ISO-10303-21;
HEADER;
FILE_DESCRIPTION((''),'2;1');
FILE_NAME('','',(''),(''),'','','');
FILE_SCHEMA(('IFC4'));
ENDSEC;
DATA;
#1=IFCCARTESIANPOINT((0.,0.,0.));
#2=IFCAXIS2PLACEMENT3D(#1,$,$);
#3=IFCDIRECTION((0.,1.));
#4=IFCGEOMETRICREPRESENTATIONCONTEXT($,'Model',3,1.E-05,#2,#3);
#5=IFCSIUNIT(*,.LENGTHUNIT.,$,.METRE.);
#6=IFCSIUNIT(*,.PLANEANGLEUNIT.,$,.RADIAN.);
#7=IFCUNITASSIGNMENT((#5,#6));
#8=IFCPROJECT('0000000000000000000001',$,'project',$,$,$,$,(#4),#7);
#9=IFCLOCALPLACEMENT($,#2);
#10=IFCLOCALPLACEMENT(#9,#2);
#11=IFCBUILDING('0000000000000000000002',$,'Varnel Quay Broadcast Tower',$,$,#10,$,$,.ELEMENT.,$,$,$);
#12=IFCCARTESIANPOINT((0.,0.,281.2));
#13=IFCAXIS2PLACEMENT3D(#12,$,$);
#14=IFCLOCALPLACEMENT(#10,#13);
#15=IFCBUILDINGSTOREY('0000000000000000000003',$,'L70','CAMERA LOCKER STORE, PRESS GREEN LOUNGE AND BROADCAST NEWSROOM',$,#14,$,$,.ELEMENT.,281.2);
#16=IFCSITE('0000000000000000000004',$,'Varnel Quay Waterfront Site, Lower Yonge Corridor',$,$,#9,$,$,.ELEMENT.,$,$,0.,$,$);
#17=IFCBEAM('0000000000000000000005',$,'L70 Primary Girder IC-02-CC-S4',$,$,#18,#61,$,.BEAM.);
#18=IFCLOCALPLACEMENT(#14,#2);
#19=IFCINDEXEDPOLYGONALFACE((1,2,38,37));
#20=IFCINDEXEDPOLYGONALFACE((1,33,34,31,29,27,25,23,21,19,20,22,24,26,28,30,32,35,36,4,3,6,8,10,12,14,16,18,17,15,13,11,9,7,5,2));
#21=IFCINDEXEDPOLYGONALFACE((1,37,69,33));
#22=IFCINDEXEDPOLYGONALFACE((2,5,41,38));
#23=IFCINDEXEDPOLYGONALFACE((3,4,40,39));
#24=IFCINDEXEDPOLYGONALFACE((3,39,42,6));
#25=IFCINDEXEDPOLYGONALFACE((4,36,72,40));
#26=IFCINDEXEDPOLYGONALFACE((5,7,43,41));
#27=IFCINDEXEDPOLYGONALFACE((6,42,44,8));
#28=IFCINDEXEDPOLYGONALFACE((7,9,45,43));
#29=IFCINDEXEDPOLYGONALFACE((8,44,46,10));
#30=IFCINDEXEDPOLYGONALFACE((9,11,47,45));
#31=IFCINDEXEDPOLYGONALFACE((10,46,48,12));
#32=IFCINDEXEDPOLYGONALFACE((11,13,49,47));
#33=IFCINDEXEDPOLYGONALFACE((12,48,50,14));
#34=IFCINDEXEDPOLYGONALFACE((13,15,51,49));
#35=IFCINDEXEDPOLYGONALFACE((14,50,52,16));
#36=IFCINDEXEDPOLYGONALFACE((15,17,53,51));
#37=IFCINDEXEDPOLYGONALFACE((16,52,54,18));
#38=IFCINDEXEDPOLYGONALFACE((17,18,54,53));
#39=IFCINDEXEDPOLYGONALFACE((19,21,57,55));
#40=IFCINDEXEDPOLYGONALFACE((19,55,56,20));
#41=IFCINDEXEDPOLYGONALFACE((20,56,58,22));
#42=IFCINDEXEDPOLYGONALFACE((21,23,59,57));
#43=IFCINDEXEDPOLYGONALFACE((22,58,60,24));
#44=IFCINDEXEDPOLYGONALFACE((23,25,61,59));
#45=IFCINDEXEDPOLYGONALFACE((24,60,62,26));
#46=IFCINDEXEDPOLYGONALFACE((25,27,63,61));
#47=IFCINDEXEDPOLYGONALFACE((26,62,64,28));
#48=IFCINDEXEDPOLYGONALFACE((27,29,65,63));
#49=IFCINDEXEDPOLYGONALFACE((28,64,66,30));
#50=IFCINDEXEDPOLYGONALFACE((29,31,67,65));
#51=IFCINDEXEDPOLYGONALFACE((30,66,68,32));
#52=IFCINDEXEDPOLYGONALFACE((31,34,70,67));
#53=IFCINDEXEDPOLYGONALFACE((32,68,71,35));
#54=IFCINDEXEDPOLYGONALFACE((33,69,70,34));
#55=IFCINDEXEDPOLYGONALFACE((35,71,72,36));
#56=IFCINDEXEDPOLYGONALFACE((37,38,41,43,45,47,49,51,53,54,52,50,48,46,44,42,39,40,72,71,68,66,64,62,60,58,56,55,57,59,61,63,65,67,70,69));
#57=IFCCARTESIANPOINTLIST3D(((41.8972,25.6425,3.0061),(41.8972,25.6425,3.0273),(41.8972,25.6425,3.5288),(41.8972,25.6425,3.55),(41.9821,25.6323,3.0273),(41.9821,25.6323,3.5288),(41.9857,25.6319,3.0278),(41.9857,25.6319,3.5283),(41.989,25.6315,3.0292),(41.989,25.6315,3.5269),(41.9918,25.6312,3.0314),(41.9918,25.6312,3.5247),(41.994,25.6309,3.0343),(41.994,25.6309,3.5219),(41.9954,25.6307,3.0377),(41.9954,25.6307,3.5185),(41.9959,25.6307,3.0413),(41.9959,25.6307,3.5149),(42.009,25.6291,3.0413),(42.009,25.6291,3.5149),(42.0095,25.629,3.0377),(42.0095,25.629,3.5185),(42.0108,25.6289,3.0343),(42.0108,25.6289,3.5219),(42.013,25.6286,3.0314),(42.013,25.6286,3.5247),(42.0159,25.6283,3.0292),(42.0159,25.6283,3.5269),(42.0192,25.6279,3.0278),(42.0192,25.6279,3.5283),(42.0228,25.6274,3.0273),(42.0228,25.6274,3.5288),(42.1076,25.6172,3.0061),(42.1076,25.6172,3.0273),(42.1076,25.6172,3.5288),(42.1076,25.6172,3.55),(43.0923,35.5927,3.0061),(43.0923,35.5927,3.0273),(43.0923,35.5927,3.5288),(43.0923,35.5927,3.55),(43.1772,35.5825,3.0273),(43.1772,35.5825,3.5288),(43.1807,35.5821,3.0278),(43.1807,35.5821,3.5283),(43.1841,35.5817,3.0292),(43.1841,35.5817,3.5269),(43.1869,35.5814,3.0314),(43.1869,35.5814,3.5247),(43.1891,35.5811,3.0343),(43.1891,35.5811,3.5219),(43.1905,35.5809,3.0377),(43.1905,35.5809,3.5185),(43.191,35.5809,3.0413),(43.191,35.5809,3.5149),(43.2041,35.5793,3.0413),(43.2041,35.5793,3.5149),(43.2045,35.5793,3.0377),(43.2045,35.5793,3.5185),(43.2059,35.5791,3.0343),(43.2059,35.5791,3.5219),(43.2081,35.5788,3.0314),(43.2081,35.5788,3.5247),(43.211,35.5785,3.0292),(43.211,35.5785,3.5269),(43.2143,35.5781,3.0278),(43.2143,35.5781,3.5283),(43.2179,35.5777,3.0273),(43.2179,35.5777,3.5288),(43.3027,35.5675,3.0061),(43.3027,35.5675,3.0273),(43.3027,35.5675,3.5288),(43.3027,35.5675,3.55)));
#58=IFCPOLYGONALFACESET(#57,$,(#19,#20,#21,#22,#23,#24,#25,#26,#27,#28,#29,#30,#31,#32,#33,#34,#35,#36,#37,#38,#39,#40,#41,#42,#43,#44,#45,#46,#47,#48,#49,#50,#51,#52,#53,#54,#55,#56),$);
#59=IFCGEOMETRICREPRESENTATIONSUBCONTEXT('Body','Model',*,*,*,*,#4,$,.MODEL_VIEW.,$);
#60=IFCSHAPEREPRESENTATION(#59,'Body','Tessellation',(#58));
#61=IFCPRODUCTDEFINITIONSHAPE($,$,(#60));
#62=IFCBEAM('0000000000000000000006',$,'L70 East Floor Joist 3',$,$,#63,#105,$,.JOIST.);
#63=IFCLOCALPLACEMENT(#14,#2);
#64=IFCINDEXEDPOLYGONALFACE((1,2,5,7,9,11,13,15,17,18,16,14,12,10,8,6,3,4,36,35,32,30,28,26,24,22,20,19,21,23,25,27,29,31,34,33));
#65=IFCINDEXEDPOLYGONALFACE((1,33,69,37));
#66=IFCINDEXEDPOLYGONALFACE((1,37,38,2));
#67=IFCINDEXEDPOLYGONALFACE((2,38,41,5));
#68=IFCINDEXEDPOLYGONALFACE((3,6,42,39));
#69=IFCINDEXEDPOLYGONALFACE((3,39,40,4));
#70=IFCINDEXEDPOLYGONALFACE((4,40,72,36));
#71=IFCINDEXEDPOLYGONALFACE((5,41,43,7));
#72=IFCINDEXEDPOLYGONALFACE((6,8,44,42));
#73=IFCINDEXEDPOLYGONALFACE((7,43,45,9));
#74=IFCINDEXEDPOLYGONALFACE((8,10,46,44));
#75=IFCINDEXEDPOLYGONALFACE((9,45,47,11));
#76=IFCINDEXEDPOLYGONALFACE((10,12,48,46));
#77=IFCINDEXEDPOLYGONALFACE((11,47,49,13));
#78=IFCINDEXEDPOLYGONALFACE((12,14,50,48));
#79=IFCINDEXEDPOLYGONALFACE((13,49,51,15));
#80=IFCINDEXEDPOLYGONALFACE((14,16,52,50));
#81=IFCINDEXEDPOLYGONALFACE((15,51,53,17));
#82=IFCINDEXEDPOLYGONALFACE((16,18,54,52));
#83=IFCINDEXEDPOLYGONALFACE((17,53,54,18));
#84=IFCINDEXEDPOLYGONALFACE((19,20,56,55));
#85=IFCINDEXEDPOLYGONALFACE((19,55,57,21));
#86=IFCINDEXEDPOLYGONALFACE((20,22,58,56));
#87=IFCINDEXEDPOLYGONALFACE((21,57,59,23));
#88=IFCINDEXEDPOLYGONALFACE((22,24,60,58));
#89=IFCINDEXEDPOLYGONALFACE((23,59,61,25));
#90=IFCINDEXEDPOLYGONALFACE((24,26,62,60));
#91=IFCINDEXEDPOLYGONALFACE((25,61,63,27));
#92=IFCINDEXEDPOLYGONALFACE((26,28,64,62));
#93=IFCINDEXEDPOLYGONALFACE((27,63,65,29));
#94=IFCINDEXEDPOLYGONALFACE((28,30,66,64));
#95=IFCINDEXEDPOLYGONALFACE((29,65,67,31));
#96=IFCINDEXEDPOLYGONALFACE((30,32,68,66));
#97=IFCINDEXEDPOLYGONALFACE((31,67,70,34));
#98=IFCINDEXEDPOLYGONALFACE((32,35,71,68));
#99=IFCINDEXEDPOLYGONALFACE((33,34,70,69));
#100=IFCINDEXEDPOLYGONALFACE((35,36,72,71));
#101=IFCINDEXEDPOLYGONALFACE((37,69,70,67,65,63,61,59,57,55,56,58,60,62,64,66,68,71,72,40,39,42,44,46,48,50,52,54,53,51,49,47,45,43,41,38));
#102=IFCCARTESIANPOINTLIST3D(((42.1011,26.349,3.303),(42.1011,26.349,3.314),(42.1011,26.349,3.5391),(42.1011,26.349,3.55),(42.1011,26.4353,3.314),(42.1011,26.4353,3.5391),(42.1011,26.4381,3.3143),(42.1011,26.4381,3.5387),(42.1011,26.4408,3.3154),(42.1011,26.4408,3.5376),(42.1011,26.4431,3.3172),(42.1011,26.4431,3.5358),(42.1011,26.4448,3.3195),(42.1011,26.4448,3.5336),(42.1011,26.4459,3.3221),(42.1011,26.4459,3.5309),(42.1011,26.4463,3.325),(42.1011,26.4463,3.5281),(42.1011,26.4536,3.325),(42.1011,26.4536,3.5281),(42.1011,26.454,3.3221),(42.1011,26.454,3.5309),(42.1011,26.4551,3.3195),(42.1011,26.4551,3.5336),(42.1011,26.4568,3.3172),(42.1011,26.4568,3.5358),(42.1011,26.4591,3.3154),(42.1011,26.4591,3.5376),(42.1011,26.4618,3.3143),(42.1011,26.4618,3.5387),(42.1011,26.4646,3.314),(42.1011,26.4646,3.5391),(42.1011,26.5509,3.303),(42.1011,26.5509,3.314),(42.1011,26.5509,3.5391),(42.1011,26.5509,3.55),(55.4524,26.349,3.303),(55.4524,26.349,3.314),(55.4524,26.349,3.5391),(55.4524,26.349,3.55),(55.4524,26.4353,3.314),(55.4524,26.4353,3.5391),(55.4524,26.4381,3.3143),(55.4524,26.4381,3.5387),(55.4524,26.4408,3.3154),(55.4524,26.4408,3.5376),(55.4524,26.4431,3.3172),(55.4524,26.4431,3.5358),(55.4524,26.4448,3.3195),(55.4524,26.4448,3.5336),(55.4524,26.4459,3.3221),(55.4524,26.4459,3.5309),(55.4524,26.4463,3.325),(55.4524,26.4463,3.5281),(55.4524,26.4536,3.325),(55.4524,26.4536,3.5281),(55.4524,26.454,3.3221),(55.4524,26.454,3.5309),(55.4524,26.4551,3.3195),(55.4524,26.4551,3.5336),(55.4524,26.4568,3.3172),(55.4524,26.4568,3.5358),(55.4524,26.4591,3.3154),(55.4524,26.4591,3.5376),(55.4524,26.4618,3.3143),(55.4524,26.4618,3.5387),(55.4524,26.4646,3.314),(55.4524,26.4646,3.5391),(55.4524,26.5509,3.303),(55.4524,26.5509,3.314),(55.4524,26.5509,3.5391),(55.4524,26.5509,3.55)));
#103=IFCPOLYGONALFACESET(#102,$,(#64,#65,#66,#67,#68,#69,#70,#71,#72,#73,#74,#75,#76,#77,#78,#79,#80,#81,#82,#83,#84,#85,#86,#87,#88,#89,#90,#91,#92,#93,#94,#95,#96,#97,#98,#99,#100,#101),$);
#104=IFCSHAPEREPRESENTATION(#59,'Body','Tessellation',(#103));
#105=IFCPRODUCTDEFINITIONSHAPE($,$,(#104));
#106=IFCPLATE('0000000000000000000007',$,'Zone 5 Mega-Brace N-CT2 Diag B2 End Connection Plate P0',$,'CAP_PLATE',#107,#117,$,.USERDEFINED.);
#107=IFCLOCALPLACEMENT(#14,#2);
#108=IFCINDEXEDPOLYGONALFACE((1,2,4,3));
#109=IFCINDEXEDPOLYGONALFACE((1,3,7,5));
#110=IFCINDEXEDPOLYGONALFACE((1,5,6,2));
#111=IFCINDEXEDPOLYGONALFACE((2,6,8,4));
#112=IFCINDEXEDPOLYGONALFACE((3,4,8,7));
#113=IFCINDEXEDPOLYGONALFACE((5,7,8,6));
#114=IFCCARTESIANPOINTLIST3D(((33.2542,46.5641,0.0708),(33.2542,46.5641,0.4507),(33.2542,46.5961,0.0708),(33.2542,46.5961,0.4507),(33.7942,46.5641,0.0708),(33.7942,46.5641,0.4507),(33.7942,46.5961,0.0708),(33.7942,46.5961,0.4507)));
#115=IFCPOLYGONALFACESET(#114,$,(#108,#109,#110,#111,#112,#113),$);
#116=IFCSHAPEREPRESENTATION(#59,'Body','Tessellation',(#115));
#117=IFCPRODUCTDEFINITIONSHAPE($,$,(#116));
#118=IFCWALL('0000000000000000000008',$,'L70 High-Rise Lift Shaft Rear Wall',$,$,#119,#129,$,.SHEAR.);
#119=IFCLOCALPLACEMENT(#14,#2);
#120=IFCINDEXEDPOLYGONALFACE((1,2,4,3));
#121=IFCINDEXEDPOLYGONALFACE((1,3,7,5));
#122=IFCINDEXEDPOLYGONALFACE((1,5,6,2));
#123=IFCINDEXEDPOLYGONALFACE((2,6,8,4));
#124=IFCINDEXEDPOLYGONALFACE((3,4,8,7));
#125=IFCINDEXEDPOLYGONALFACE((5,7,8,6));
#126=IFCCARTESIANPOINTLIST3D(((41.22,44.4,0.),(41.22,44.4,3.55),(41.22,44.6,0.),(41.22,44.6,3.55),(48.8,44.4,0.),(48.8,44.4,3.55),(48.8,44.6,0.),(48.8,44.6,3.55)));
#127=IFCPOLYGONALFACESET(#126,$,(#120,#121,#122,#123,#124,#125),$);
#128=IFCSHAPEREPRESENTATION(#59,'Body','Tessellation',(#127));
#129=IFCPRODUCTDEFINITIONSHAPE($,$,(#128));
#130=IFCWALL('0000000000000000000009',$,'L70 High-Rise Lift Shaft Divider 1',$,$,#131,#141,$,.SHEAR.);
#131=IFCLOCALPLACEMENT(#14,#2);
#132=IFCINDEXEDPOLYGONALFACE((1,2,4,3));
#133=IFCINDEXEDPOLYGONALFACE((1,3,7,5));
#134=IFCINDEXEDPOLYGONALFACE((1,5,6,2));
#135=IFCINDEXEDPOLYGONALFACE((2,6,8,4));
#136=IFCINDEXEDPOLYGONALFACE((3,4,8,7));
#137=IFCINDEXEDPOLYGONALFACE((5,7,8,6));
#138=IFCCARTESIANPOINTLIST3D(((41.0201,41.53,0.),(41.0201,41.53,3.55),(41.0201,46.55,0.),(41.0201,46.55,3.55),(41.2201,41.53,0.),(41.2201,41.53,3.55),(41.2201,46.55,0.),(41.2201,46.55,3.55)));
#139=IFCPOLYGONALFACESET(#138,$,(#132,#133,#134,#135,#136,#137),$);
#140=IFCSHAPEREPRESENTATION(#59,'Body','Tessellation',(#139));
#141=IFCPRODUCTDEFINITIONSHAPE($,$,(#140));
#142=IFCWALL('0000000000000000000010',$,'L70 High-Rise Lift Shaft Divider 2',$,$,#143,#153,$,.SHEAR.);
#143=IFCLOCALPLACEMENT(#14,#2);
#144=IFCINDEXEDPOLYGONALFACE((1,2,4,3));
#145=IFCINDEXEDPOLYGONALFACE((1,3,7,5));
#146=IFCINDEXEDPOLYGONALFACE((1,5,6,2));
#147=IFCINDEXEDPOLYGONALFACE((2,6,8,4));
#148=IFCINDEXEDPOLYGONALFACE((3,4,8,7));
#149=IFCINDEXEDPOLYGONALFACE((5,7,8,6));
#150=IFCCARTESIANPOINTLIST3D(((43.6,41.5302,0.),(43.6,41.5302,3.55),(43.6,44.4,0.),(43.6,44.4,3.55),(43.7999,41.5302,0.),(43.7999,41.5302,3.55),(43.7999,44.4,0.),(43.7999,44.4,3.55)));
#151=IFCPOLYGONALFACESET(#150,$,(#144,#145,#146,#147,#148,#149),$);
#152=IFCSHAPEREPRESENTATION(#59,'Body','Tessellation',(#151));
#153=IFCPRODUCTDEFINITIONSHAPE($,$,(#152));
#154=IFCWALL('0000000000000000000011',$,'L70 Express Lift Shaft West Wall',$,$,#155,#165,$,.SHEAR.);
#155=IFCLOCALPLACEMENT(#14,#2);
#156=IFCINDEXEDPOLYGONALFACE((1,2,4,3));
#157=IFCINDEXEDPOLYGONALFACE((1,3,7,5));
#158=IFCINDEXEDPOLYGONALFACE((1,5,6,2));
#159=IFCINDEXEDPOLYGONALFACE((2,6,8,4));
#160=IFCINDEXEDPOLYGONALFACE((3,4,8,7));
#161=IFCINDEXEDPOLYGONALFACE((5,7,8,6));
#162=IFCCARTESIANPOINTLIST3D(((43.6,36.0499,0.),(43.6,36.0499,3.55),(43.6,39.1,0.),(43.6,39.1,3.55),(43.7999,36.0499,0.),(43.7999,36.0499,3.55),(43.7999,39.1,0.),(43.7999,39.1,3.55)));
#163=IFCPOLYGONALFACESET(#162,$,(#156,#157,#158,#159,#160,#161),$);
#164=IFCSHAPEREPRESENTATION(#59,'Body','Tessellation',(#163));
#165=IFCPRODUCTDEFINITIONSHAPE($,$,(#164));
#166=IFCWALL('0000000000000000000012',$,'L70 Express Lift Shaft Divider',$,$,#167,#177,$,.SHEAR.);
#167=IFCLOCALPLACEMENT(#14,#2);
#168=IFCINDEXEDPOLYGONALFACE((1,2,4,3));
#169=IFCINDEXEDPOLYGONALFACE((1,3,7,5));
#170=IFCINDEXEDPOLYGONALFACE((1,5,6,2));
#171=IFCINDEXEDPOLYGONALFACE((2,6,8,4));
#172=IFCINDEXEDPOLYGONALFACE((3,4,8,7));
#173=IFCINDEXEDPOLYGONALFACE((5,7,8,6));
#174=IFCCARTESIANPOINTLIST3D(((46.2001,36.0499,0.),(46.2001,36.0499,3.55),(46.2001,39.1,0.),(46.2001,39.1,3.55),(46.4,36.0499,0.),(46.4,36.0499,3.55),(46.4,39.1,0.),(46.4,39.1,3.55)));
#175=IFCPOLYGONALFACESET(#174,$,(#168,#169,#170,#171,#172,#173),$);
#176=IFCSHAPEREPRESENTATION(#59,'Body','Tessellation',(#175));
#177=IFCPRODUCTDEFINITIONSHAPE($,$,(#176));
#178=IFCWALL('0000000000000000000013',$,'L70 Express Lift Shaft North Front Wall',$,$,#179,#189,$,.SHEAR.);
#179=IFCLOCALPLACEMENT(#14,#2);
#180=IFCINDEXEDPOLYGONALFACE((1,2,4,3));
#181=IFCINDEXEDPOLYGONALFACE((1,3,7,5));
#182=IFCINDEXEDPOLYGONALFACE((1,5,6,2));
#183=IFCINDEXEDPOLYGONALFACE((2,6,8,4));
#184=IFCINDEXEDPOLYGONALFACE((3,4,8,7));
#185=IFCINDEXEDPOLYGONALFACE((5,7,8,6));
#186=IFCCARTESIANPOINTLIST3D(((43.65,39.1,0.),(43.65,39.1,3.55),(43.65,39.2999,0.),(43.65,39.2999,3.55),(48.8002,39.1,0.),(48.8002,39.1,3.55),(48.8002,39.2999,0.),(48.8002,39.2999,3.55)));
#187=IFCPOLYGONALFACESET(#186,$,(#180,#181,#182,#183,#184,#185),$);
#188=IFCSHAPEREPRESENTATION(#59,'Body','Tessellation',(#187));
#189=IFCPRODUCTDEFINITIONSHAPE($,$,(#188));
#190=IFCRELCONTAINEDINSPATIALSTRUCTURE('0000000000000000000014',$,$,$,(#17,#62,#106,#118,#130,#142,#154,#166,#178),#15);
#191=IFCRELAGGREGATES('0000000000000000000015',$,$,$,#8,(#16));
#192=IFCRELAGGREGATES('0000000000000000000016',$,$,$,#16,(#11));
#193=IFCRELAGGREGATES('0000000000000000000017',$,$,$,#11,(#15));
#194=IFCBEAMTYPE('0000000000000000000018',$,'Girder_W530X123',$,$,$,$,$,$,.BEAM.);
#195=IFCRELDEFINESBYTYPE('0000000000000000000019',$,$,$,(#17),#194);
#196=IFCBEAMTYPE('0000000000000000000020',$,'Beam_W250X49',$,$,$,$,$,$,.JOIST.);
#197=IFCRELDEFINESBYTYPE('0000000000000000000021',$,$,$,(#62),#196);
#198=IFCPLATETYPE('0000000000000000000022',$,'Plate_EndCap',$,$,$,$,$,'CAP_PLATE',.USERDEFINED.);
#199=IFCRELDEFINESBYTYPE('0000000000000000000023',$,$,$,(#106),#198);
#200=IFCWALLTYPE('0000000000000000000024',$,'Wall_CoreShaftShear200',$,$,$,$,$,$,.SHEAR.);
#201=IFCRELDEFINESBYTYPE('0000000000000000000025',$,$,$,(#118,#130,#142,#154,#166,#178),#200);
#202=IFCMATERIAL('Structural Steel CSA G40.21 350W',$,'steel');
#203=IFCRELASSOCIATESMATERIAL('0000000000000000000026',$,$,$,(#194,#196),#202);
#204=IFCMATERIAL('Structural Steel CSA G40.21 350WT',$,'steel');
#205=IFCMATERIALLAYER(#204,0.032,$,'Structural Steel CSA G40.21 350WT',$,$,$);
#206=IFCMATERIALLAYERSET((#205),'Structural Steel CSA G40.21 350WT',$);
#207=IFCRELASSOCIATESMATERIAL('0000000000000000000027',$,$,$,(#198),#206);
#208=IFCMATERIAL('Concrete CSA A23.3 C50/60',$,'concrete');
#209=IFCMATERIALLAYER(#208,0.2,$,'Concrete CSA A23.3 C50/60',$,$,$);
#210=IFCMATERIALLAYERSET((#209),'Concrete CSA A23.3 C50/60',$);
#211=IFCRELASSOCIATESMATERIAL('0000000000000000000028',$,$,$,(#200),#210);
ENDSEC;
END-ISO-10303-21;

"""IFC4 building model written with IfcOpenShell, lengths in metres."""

from ifc_helpers import new_model, si_unit, direction, frame, frame_2d, origin, origin_2d, place, context, subcontext, project, spatial, rectangle, i_section, extrude, source, transform, mapped, material, layer, layer_set, material_profile, profile_set, type_object, type_shapes, element, save


model = new_model("IFC4")

# Units and contexts
model_context = context("Model", 3, precision=1e-05, world=origin(), true_north=direction((0.0, 1.0)))
body_context = subcontext(model_context, "Body", "Model", "MODEL_VIEW")
ifc_project = project(units=[si_unit("LENGTHUNIT", "METRE"), si_unit("PLANEANGLEUNIT", "RADIAN")], contexts=[model_context])

# Site, building, storey
site_placement = place(None, origin())
site = spatial("IfcSite", under=ifc_project, at=site_placement, Name="Varnel Quay Waterfront Site, Lower Yonge Corridor", CompositionType="ELEMENT", RefElevation=0.0)
building_placement = place(site_placement, origin())
building = spatial("IfcBuilding", under=site, at=building_placement, Name="Varnel Quay Broadcast Tower", CompositionType="ELEMENT")
storey_placement = place(building_placement, frame((0.0, 0.0, 281.2)))
storey = spatial("IfcBuildingStorey", under=building, at=storey_placement, Name="L70", Description="CAMERA LOCKER STORE, PRESS GREEN LOUNGE AND BROADCAST NEWSROOM", CompositionType="ELEMENT", Elevation=281.2)

# Shared definitions
ifc_material_1 = material(Name="Structural Steel CSA G40.21 350WT", Category="steel")

# Beams
ifc_material_2 = material(Name="Concrete CSA A23.3 C50/60", Category="concrete")
ifc_material_3 = material(Name="Structural Steel CSA G40.21 350W", Category="steel")
ifc_material_profile_1 = material_profile(ifc_material_3, i_section(OverallWidth=0.2119, OverallDepth=0.5439, WebThickness=0.0132, FlangeThickness=0.0212, FilletRadius=0.0139, at=origin_2d()), Name="W530X123")
ifc_profile_set_1 = profile_set([ifc_material_profile_1], Name="Structural Steel CSA G40.21 350W")
beam_type_1 = type_object("IfcBeamType", Name="Girder_W530X123", PredefinedType="BEAM", material=ifc_profile_set_1)
shared_shape_1 = source(origin(), body_context, "Body", "SweptSolid", [
    extrude(i_section(OverallWidth=0.2119, OverallDepth=0.5439, WebThickness=0.0132, FlangeThickness=0.0212, FilletRadius=0.0139, at=origin_2d()), origin(), (0.0, 0.0, 1.0), 10.0217),
])
type_shapes(beam_type_1, [shared_shape_1])
beam_1_placement = place(storey_placement, frame((42.0024, 25.6299, 3.2781), z_axis=(0.119248, 0.992864, 0.0), x_axis=(-0.992864, 0.119248, 0.0)))
element("IfcBeam", 1, at=beam_1_placement, inside=storey, type_object=beam_type_1, Name="L70 Primary Girder IC-02-CC-S4", PredefinedType="BEAM", context=body_context, shape_type="MappedRepresentation", body=[
    mapped(shared_shape_1, transform((0.0, 0.0, 0.0), x_axis=(1.0, 0.0, 0.0), y_axis=(0.0, 1.0, 0.0), z_axis=(0.0, 0.0, 1.0), scale=1.0)),
])
ifc_material_profile_2 = material_profile(ifc_material_3, i_section(OverallWidth=0.2019, OverallDepth=0.2471, WebThickness=0.0073, FlangeThickness=0.011, FilletRadius=0.011, at=origin_2d()), Name="W250X49")
ifc_profile_set_2 = profile_set([ifc_material_profile_2], Name="Structural Steel CSA G40.21 350W")
beam_type_2 = type_object("IfcBeamType", Name="Beam_W250X49", PredefinedType="JOIST", material=ifc_profile_set_2)
shared_shape_2 = source(origin(), body_context, "Body", "SweptSolid", [
    extrude(i_section(OverallWidth=0.2019, OverallDepth=0.2471, WebThickness=0.0073, FlangeThickness=0.011, FilletRadius=0.011, at=origin_2d()), origin(), (0.0, 0.0, 1.0), 13.3513),
])
type_shapes(beam_type_2, [shared_shape_2])
beam_2_placement = place(storey_placement, frame((42.1011, 26.45, 3.4265), z_axis=(1.0, 0.0, 0.0), x_axis=(0.0, 1.0, 0.0)))
element("IfcBeam", 2, at=beam_2_placement, inside=storey, type_object=beam_type_2, Name="L70 East Floor Joist 3", PredefinedType="JOIST", context=body_context, shape_type="MappedRepresentation", body=[
    mapped(shared_shape_2, transform((0.0, 0.0, 0.0), x_axis=(1.0, 0.0, 0.0), y_axis=(0.0, 1.0, 0.0), z_axis=(0.0, 0.0, 1.0), scale=1.0)),
])

# Plate
ifc_layer_1 = layer(ifc_material_1, 0.032, Name="Structural Steel CSA G40.21 350WT")
ifc_layer_set_1 = layer_set([ifc_layer_1], Name="Structural Steel CSA G40.21 350WT")
plate_type = type_object("IfcPlateType", Name="Plate_EndCap", ElementType="CAP_PLATE", PredefinedType="USERDEFINED", material=ifc_layer_set_1)
shared_shape_3 = source(origin(), body_context, "Body", "SweptSolid", [
    extrude(rectangle(XDim=0.54, YDim=0.032, at=origin_2d()), origin(), (0.0, 0.0, 1.0), 0.3799),
])
type_shapes(plate_type, [shared_shape_3])
plate_placement = place(storey_placement, frame((33.5242, 46.5801, 0.0708), z_axis=(0.0, 0.0, 1.0), x_axis=(1.0, 0.0, 0.0)))
element("IfcPlate", 3, at=plate_placement, inside=storey, type_object=plate_type, Name="Zone 5 Mega-Brace N-CT2 Diag B2 End Connection Plate P0", ObjectType="CAP_PLATE", PredefinedType="USERDEFINED", context=body_context, shape_type="MappedRepresentation", body=[
    mapped(shared_shape_3, transform((0.0, 0.0, 0.0), x_axis=(1.0, 0.0, 0.0), y_axis=(0.0, 1.0, 0.0), z_axis=(0.0, 0.0, 1.0), scale=1.0)),
])

# Walls
ifc_layer_2 = layer(ifc_material_2, 0.2, Name="Concrete CSA A23.3 C50/60")
ifc_layer_set_2 = layer_set([ifc_layer_2], Name="Concrete CSA A23.3 C50/60")
wall_type_1 = type_object("IfcWallType", Name="Wall_CoreShaftShear200", PredefinedType="SHEAR", material=ifc_layer_set_2)
wall_1_placement = place(storey_placement, frame((41.22, 44.5, 0.0), z_axis=(0.0, 0.0, 1.0), x_axis=(1.0, 0.0, 0.0)))
element("IfcWall", 4, at=wall_1_placement, inside=storey, type_object=wall_type_1, Name="L70 High-Rise Lift Shaft Rear Wall", PredefinedType="SHEAR", context=body_context, shape_type="SweptSolid", body=[
    extrude(rectangle(XDim=7.5801, YDim=0.2, at=frame_2d((3.79, 0.0))), origin(), (0.0, 0.0, 1.0), 3.55),
])
wall_2_placement = place(storey_placement, frame((41.1201, 41.53, 0.0), z_axis=(0.0, 0.0, 1.0), x_axis=(0.0, 1.0, 0.0)))
element("IfcWall", 5, at=wall_2_placement, inside=storey, type_object=wall_type_1, Name="L70 High-Rise Lift Shaft Divider 1", PredefinedType="SHEAR", context=body_context, shape_type="SweptSolid", body=[
    extrude(rectangle(XDim=5.02, YDim=0.2, at=frame_2d((2.51, 0.0))), origin(), (0.0, 0.0, 1.0), 3.55),
])
wall_3_placement = place(storey_placement, frame((43.7, 41.53, 0.0), z_axis=(0.0, 0.0, 1.0), x_axis=(0.0, 1.0, 0.0)))
element("IfcWall", 6, at=wall_3_placement, inside=storey, type_object=wall_type_1, Name="L70 High-Rise Lift Shaft Divider 2", PredefinedType="SHEAR", context=body_context, shape_type="SweptSolid", body=[
    extrude(rectangle(XDim=2.8699, YDim=0.2, at=frame_2d((1.4351, 0.0))), origin(), (0.0, 0.0, 1.0), 3.55),
])
for number, where, z_axis, x_axis, name in (
    (7, (43.7, 36.05, 0.0), (0.0, 0.0, 1.0), (0.0, 1.0, 0.0), "L70 Express Lift Shaft West Wall"),
    (8, (46.3, 36.05, 0.0), (0.0, 0.0, 1.0), (0.0, 1.0, 0.0), "L70 Express Lift Shaft Divider"),
):
    element("IfcWall", number, at=place(storey_placement, frame(where, z_axis=z_axis, x_axis=x_axis)), inside=storey, type_object=wall_type_1, Name=name, PredefinedType="SHEAR", context=body_context, shape_type="SweptSolid", body=[
        extrude(rectangle(XDim=3.05, YDim=0.2, at=frame_2d((1.5249, 0.0))), origin(), (0.0, 0.0, 1.0), 3.55),
    ])
wall_4_placement = place(storey_placement, frame((43.6499, 39.2, 0.0), z_axis=(0.0, 0.0, 1.0), x_axis=(1.0, 0.0, 0.0)))
element("IfcWall", 9, at=wall_4_placement, inside=storey, type_object=wall_type_1, Name="L70 Express Lift Shaft North Front Wall", PredefinedType="SHEAR", context=body_context, shape_type="SweptSolid", body=[
    extrude(rectangle(XDim=5.1501, YDim=0.2, at=frame_2d((2.5752, 0.0))), origin(), (0.0, 0.0, 1.0), 3.55),
])

save(model, "model.ifc")
